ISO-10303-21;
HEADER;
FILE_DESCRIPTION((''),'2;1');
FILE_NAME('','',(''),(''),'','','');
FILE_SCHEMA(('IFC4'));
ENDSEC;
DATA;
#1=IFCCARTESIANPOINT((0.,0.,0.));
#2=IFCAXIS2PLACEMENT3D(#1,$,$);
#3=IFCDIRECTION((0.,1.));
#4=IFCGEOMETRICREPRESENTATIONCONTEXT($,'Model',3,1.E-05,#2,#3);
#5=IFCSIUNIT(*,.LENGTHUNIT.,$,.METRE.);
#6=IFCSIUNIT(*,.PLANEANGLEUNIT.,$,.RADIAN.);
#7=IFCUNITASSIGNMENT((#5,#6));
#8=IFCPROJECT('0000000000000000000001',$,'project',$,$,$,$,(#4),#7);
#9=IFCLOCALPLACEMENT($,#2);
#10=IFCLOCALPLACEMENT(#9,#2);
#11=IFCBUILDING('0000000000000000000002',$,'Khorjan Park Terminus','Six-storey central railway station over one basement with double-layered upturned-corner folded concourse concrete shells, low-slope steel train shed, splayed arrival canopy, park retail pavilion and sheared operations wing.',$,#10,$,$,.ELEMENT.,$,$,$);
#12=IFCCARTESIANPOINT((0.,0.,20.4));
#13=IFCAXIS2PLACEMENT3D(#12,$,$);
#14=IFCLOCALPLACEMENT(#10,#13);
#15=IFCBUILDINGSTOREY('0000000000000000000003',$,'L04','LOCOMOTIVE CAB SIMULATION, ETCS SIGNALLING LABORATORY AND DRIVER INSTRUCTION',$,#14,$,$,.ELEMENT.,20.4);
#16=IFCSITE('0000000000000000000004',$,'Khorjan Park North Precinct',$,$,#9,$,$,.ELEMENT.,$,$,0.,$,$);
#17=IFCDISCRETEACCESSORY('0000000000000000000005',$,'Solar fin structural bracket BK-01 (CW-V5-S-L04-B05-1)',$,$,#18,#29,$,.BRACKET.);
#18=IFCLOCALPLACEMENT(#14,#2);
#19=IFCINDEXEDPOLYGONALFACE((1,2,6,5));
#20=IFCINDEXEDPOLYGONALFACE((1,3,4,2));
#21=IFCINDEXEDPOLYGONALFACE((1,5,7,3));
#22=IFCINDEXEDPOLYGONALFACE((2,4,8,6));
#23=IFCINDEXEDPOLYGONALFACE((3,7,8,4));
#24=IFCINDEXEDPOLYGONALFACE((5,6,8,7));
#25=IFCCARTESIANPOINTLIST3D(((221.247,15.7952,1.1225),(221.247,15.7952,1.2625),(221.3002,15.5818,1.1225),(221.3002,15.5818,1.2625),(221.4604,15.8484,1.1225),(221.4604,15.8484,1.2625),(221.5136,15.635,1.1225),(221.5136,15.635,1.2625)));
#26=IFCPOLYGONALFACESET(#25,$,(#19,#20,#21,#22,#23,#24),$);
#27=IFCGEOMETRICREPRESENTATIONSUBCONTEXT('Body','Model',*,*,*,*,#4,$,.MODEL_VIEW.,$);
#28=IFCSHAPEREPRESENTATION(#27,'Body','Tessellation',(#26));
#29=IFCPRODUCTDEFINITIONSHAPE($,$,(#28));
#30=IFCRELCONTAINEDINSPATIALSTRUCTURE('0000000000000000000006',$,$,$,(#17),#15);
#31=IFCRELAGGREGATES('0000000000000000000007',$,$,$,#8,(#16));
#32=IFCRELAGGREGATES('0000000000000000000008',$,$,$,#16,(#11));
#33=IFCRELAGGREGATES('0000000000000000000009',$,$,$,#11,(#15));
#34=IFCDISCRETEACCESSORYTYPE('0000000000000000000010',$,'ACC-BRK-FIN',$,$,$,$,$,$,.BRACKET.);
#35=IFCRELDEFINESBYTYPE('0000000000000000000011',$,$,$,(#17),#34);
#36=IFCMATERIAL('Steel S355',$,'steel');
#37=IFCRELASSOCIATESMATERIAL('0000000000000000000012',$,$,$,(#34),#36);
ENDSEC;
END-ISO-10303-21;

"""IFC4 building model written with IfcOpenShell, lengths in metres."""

from ifc_helpers import new_model, si_unit, direction, frame, origin, origin_2d, place, context, subcontext, project, spatial, rectangle, extrude, material, type_object, element, save


model = new_model("IFC4")

# Units and contexts
model_context = context("Model", 3, precision=1e-05, world=origin(), true_north=direction((0.0, 1.0)))
body_context = subcontext(model_context, "Body", "Model", "MODEL_VIEW")
ifc_project = project(units=[si_unit("LENGTHUNIT", "METRE"), si_unit("PLANEANGLEUNIT", "RADIAN")], contexts=[model_context])

# Site, building, storey
site_placement = place(None, origin())
site = spatial("IfcSite", under=ifc_project, at=site_placement, Name="Khorjan Park North Precinct", CompositionType="ELEMENT", RefElevation=0.0)
building_placement = place(site_placement, origin())
building = spatial("IfcBuilding", under=site, at=building_placement, Name="Khorjan Park Terminus", Description="Six-storey central railway station over one basement with double-layered upturned-corner folded concourse concrete shells, low-slope steel train shed, splayed arrival canopy, park retail pavilion and sheared operations wing.", CompositionType="ELEMENT")
storey_placement = place(building_placement, frame((0.0, 0.0, 20.4)))
storey = spatial("IfcBuildingStorey", under=building, at=storey_placement, Name="L04", Description="LOCOMOTIVE CAB SIMULATION, ETCS SIGNALLING LABORATORY AND DRIVER INSTRUCTION", CompositionType="ELEMENT", Elevation=20.4)

# Shared definitions
ifc_material_1 = material(Name="Steel S355", Category="steel")

# Discrete accessory
discrete_accessory_type = type_object("IfcDiscreteAccessoryType", Name="ACC-BRK-FIN", PredefinedType="BRACKET", material=ifc_material_1)
discrete_accessory_placement = place(storey_placement, frame((221.3803, 15.7151, 1.1225), z_axis=(0.0, 0.0, 1.0), x_axis=(0.970296, 0.241919, 0.0)))
element("IfcDiscreteAccessory", 1, at=discrete_accessory_placement, inside=storey, type_object=discrete_accessory_type, Name="Solar fin structural bracket BK-01 (CW-V5-S-L04-B05-1)", PredefinedType="BRACKET", context=body_context, shape_type="SweptSolid", body=[
    extrude(rectangle(XDim=0.22, YDim=0.22, at=origin_2d()), origin(), (0.0, 0.0, 1.0), 0.14),
])

save(model, "model.ifc")
